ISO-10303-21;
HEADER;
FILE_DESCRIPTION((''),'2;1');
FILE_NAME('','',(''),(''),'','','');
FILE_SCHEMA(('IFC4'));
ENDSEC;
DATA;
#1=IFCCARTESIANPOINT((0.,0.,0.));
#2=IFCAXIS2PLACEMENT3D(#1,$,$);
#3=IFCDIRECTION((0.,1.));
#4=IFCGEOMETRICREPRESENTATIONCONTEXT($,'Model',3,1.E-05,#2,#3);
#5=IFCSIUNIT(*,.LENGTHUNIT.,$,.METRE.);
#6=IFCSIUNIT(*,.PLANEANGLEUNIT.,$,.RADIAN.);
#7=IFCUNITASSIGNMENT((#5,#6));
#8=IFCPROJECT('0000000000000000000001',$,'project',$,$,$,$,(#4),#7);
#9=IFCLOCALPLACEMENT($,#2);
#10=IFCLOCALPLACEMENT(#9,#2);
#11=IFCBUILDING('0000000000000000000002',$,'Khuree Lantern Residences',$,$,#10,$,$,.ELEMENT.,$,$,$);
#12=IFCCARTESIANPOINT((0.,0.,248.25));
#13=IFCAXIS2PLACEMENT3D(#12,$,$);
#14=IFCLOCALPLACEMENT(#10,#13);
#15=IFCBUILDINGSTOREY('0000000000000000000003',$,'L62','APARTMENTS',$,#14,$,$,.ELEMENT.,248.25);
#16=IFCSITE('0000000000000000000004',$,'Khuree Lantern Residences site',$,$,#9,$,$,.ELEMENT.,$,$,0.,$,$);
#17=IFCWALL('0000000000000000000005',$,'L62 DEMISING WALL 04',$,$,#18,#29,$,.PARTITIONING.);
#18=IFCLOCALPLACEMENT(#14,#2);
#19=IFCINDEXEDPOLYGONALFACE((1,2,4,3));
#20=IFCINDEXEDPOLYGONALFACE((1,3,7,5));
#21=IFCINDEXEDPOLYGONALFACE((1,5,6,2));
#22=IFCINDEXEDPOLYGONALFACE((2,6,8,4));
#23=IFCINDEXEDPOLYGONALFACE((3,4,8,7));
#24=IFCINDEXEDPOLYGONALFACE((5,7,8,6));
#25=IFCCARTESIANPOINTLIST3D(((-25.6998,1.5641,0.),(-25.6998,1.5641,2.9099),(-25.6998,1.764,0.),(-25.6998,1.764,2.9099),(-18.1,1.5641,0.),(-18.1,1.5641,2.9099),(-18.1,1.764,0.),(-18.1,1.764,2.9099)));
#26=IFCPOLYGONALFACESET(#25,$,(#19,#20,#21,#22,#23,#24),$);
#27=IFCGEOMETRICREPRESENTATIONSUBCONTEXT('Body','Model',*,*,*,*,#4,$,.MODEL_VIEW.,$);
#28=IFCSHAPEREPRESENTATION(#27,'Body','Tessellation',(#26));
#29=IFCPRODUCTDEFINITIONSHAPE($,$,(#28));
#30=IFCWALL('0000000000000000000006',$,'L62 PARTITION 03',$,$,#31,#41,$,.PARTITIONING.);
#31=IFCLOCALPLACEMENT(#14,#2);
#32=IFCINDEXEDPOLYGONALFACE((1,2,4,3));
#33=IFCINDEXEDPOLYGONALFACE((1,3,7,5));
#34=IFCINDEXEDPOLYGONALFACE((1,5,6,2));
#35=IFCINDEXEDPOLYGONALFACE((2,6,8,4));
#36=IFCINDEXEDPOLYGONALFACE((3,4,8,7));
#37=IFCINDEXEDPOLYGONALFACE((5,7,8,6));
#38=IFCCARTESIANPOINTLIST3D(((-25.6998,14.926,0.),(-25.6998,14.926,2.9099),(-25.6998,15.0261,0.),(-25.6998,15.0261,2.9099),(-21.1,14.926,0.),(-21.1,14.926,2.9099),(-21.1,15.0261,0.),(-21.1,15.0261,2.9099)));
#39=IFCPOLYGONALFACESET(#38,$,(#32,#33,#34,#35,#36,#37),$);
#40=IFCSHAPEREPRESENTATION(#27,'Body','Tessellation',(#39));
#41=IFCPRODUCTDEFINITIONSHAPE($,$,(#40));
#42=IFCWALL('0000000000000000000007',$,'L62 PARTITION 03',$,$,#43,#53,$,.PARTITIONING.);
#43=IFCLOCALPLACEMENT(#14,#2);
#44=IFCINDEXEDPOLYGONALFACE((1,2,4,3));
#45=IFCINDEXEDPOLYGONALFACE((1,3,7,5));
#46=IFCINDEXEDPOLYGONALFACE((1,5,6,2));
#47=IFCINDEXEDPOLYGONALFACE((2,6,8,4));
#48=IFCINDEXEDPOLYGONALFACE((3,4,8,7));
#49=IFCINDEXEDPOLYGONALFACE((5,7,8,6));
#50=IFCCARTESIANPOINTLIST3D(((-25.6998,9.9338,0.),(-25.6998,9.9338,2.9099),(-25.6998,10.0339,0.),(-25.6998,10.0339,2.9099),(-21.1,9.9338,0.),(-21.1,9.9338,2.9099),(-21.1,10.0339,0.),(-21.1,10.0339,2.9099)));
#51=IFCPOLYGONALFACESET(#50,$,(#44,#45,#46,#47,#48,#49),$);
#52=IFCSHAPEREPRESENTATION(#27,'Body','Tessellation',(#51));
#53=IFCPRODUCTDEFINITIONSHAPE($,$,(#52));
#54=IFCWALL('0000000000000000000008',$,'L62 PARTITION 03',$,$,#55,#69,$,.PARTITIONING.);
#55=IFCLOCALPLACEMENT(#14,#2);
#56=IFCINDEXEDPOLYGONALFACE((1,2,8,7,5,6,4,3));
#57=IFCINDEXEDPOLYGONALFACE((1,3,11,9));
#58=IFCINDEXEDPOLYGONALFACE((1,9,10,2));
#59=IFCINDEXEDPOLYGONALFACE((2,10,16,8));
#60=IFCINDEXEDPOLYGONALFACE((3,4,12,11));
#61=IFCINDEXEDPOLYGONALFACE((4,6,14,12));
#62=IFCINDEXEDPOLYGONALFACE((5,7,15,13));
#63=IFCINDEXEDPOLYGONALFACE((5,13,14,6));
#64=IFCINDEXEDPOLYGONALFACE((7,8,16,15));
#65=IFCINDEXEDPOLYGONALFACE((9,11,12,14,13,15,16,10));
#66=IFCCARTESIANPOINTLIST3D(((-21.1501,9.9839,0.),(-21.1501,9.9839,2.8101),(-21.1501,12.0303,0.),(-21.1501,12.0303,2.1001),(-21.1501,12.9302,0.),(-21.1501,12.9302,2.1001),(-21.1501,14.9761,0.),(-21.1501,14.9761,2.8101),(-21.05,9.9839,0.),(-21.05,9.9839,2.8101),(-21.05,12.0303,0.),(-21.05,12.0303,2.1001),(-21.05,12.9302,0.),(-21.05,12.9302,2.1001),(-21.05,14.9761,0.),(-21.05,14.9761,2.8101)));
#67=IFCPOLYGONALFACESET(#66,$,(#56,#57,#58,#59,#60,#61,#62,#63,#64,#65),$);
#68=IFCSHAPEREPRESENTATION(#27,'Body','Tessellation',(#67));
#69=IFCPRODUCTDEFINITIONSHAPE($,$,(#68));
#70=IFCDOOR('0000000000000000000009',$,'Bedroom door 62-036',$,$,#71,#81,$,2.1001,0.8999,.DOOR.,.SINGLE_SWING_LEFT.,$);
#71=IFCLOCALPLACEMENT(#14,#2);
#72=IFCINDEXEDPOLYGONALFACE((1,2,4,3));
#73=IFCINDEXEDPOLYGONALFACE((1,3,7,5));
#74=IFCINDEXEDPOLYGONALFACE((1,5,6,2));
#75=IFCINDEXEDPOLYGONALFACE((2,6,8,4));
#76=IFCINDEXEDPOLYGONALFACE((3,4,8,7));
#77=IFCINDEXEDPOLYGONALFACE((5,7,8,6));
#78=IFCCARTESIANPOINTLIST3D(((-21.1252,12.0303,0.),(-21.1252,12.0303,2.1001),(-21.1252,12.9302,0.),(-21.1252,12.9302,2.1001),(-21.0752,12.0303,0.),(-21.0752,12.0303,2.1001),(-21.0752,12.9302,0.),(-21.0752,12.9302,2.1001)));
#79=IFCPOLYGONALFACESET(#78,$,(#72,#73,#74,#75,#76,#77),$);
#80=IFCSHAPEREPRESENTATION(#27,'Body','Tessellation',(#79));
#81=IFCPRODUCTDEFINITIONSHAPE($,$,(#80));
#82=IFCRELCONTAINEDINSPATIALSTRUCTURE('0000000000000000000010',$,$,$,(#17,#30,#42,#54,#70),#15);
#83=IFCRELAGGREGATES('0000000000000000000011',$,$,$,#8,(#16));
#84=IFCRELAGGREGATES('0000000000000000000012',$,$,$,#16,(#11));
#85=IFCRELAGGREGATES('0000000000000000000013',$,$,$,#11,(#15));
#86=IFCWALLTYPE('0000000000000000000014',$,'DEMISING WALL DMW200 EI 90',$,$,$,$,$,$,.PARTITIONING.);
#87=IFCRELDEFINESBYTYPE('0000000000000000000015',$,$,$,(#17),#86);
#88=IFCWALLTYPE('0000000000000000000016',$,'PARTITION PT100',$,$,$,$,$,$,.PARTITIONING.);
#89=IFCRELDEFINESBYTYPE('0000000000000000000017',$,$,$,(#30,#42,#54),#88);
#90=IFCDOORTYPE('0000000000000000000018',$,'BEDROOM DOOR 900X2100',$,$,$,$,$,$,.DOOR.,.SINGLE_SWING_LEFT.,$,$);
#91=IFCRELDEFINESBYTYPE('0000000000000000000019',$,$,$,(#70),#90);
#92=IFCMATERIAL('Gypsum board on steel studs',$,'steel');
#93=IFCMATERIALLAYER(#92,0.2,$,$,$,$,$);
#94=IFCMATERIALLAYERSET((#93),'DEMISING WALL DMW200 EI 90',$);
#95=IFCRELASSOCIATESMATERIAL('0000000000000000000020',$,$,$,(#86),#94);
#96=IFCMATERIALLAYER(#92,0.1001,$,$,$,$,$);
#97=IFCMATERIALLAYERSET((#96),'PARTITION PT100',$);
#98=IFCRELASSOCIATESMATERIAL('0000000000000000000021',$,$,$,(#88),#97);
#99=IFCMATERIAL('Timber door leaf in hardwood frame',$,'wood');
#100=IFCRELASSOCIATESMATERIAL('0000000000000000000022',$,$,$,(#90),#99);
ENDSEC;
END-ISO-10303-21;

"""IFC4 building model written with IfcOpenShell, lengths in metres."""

from ifc_helpers import new_model, si_unit, direction, frame, frame_2d, origin, place, context, subcontext, project, spatial, rectangle, extrude, material, layer, layer_set, type_object, element, fill, save


model = new_model("IFC4")

# Units and contexts
model_context = context("Model", 3, precision=1e-05, world=origin(), true_north=direction((0.0, 1.0)))
body_context = subcontext(model_context, "Body", "Model", "MODEL_VIEW")
ifc_project = project(units=[si_unit("LENGTHUNIT", "METRE"), si_unit("PLANEANGLEUNIT", "RADIAN")], contexts=[model_context])

# Site, building, storey
site_placement = place(None, origin())
site = spatial("IfcSite", under=ifc_project, at=site_placement, Name="Khuree Lantern Residences site", CompositionType="ELEMENT", RefElevation=0.0)
building_placement = place(site_placement, origin())
building = spatial("IfcBuilding", under=site, at=building_placement, Name="Khuree Lantern Residences", CompositionType="ELEMENT")
storey_placement = place(building_placement, frame((0.0, 0.0, 248.25)))
storey = spatial("IfcBuildingStorey", under=building, at=storey_placement, Name="L62", Description="APARTMENTS", CompositionType="ELEMENT", Elevation=248.25)

# Shared definitions
ifc_material_1 = material(Name="Timber door leaf in hardwood frame", Category="wood")

# Shared definitions
ifc_material_2 = material(Name="Gypsum board on steel studs", Category="steel")

# Walls
ifc_layer_1 = layer(ifc_material_2, 0.2)
ifc_layer_set_1 = layer_set([ifc_layer_1], Name="DEMISING WALL DMW200 EI 90")
wall_type_1 = type_object("IfcWallType", Name="DEMISING WALL DMW200 EI 90", PredefinedType="PARTITIONING", material=ifc_layer_set_1)
wall_1_placement = place(storey_placement, frame((-18.1001, 1.6641, 0.0), z_axis=(0.0, 0.0, 1.0), x_axis=(-1.0, 0.0, 0.0)))
element("IfcWall", 1, at=wall_1_placement, inside=storey, type_object=wall_type_1, Name="L62 DEMISING WALL 04", PredefinedType="PARTITIONING", context=body_context, shape_type="SweptSolid", body=[
    extrude(rectangle(XDim=7.5999, YDim=0.2, at=frame_2d((3.7998, 0.0))), origin(), (0.0, 0.0, 1.0), 2.9099),
])
ifc_layer_2 = layer(ifc_material_2, 0.1001)
ifc_layer_set_2 = layer_set([ifc_layer_2], Name="PARTITION PT100")
wall_type_2 = type_object("IfcWallType", Name="PARTITION PT100", PredefinedType="PARTITIONING", material=ifc_layer_set_2)
for number, where, z_axis, x_axis, name in (
    (2, (-21.1001, 14.9761, 0.0), (0.0, 0.0, 1.0), (-1.0, 0.0, 0.0), "L62 PARTITION 03"),
    (3, (-21.1001, 9.9839, 0.0), (0.0, 0.0, 1.0), (-1.0, 0.0, 0.0), "L62 PARTITION 03"),
):
    element("IfcWall", number, at=place(storey_placement, frame(where, z_axis=z_axis, x_axis=x_axis)), inside=storey, type_object=wall_type_2, Name=name, PredefinedType="PARTITIONING", context=body_context, shape_type="SweptSolid", body=[
        extrude(rectangle(XDim=4.5999, YDim=0.1001, at=frame_2d((2.2998, 0.0))), origin(), (0.0, 0.0, 1.0), 2.9099),
    ])

# Wall, opening, door
wall_2_placement = place(storey_placement, frame((-21.1001, 14.9761, 0.0), z_axis=(0.0, 0.0, 1.0), x_axis=(0.0, -1.0, 0.0)))
wall_2 = element("IfcWall", 4, at=wall_2_placement, inside=storey, type_object=wall_type_2, Name="L62 PARTITION 03", PredefinedType="PARTITIONING", context=body_context, shape_type="SweptSolid", body=[
    extrude(rectangle(XDim=4.9922, YDim=0.1001, at=frame_2d((2.4961, 0.0))), origin(), (0.0, 0.0, 1.0), 2.8101),
])
opening_1_placement = place(wall_2_placement, frame((2.0459, 0.0, 0.0)))
opening_1 = element("IfcOpeningElement", 5, at=opening_1_placement, cuts=wall_2, PredefinedType="OPENING", context=body_context, shape_type="SweptSolid", body=[
    extrude(rectangle(XDim=0.8999, YDim=2.1001, at=frame_2d((0.45, 1.05))), frame((0.0, 0.0601, 0.0), z_axis=(0.0, -1.0, 0.0), x_axis=(1.0, 0.0, 0.0)), (0.0, 0.0, 1.0), 0.1201),
])
door_type_1 = type_object("IfcDoorType", Name="BEDROOM DOOR 900X2100", OperationType="SINGLE_SWING_LEFT", PredefinedType="DOOR", material=ifc_material_1)
door_1_placement = place(opening_1_placement, origin())
door_1 = element("IfcDoor", 6, at=door_1_placement, inside=storey, type_object=door_type_1, Name="Bedroom door 62-036", OperationType="SINGLE_SWING_LEFT", OverallHeight=2.1001, OverallWidth=0.8999, PredefinedType="DOOR", context=body_context, shape_type="SweptSolid", body=[
    extrude(rectangle(XDim=0.8999, YDim=2.1001, at=frame_2d((0.45, 1.05))), frame((0.0, 0.0249, 0.0), z_axis=(0.0, -1.0, 0.0), x_axis=(1.0, 0.0, 0.0)), (0.0, 0.0, 1.0), 0.05),
])
fill(opening_1, door_1)

save(model, "model.ifc")
